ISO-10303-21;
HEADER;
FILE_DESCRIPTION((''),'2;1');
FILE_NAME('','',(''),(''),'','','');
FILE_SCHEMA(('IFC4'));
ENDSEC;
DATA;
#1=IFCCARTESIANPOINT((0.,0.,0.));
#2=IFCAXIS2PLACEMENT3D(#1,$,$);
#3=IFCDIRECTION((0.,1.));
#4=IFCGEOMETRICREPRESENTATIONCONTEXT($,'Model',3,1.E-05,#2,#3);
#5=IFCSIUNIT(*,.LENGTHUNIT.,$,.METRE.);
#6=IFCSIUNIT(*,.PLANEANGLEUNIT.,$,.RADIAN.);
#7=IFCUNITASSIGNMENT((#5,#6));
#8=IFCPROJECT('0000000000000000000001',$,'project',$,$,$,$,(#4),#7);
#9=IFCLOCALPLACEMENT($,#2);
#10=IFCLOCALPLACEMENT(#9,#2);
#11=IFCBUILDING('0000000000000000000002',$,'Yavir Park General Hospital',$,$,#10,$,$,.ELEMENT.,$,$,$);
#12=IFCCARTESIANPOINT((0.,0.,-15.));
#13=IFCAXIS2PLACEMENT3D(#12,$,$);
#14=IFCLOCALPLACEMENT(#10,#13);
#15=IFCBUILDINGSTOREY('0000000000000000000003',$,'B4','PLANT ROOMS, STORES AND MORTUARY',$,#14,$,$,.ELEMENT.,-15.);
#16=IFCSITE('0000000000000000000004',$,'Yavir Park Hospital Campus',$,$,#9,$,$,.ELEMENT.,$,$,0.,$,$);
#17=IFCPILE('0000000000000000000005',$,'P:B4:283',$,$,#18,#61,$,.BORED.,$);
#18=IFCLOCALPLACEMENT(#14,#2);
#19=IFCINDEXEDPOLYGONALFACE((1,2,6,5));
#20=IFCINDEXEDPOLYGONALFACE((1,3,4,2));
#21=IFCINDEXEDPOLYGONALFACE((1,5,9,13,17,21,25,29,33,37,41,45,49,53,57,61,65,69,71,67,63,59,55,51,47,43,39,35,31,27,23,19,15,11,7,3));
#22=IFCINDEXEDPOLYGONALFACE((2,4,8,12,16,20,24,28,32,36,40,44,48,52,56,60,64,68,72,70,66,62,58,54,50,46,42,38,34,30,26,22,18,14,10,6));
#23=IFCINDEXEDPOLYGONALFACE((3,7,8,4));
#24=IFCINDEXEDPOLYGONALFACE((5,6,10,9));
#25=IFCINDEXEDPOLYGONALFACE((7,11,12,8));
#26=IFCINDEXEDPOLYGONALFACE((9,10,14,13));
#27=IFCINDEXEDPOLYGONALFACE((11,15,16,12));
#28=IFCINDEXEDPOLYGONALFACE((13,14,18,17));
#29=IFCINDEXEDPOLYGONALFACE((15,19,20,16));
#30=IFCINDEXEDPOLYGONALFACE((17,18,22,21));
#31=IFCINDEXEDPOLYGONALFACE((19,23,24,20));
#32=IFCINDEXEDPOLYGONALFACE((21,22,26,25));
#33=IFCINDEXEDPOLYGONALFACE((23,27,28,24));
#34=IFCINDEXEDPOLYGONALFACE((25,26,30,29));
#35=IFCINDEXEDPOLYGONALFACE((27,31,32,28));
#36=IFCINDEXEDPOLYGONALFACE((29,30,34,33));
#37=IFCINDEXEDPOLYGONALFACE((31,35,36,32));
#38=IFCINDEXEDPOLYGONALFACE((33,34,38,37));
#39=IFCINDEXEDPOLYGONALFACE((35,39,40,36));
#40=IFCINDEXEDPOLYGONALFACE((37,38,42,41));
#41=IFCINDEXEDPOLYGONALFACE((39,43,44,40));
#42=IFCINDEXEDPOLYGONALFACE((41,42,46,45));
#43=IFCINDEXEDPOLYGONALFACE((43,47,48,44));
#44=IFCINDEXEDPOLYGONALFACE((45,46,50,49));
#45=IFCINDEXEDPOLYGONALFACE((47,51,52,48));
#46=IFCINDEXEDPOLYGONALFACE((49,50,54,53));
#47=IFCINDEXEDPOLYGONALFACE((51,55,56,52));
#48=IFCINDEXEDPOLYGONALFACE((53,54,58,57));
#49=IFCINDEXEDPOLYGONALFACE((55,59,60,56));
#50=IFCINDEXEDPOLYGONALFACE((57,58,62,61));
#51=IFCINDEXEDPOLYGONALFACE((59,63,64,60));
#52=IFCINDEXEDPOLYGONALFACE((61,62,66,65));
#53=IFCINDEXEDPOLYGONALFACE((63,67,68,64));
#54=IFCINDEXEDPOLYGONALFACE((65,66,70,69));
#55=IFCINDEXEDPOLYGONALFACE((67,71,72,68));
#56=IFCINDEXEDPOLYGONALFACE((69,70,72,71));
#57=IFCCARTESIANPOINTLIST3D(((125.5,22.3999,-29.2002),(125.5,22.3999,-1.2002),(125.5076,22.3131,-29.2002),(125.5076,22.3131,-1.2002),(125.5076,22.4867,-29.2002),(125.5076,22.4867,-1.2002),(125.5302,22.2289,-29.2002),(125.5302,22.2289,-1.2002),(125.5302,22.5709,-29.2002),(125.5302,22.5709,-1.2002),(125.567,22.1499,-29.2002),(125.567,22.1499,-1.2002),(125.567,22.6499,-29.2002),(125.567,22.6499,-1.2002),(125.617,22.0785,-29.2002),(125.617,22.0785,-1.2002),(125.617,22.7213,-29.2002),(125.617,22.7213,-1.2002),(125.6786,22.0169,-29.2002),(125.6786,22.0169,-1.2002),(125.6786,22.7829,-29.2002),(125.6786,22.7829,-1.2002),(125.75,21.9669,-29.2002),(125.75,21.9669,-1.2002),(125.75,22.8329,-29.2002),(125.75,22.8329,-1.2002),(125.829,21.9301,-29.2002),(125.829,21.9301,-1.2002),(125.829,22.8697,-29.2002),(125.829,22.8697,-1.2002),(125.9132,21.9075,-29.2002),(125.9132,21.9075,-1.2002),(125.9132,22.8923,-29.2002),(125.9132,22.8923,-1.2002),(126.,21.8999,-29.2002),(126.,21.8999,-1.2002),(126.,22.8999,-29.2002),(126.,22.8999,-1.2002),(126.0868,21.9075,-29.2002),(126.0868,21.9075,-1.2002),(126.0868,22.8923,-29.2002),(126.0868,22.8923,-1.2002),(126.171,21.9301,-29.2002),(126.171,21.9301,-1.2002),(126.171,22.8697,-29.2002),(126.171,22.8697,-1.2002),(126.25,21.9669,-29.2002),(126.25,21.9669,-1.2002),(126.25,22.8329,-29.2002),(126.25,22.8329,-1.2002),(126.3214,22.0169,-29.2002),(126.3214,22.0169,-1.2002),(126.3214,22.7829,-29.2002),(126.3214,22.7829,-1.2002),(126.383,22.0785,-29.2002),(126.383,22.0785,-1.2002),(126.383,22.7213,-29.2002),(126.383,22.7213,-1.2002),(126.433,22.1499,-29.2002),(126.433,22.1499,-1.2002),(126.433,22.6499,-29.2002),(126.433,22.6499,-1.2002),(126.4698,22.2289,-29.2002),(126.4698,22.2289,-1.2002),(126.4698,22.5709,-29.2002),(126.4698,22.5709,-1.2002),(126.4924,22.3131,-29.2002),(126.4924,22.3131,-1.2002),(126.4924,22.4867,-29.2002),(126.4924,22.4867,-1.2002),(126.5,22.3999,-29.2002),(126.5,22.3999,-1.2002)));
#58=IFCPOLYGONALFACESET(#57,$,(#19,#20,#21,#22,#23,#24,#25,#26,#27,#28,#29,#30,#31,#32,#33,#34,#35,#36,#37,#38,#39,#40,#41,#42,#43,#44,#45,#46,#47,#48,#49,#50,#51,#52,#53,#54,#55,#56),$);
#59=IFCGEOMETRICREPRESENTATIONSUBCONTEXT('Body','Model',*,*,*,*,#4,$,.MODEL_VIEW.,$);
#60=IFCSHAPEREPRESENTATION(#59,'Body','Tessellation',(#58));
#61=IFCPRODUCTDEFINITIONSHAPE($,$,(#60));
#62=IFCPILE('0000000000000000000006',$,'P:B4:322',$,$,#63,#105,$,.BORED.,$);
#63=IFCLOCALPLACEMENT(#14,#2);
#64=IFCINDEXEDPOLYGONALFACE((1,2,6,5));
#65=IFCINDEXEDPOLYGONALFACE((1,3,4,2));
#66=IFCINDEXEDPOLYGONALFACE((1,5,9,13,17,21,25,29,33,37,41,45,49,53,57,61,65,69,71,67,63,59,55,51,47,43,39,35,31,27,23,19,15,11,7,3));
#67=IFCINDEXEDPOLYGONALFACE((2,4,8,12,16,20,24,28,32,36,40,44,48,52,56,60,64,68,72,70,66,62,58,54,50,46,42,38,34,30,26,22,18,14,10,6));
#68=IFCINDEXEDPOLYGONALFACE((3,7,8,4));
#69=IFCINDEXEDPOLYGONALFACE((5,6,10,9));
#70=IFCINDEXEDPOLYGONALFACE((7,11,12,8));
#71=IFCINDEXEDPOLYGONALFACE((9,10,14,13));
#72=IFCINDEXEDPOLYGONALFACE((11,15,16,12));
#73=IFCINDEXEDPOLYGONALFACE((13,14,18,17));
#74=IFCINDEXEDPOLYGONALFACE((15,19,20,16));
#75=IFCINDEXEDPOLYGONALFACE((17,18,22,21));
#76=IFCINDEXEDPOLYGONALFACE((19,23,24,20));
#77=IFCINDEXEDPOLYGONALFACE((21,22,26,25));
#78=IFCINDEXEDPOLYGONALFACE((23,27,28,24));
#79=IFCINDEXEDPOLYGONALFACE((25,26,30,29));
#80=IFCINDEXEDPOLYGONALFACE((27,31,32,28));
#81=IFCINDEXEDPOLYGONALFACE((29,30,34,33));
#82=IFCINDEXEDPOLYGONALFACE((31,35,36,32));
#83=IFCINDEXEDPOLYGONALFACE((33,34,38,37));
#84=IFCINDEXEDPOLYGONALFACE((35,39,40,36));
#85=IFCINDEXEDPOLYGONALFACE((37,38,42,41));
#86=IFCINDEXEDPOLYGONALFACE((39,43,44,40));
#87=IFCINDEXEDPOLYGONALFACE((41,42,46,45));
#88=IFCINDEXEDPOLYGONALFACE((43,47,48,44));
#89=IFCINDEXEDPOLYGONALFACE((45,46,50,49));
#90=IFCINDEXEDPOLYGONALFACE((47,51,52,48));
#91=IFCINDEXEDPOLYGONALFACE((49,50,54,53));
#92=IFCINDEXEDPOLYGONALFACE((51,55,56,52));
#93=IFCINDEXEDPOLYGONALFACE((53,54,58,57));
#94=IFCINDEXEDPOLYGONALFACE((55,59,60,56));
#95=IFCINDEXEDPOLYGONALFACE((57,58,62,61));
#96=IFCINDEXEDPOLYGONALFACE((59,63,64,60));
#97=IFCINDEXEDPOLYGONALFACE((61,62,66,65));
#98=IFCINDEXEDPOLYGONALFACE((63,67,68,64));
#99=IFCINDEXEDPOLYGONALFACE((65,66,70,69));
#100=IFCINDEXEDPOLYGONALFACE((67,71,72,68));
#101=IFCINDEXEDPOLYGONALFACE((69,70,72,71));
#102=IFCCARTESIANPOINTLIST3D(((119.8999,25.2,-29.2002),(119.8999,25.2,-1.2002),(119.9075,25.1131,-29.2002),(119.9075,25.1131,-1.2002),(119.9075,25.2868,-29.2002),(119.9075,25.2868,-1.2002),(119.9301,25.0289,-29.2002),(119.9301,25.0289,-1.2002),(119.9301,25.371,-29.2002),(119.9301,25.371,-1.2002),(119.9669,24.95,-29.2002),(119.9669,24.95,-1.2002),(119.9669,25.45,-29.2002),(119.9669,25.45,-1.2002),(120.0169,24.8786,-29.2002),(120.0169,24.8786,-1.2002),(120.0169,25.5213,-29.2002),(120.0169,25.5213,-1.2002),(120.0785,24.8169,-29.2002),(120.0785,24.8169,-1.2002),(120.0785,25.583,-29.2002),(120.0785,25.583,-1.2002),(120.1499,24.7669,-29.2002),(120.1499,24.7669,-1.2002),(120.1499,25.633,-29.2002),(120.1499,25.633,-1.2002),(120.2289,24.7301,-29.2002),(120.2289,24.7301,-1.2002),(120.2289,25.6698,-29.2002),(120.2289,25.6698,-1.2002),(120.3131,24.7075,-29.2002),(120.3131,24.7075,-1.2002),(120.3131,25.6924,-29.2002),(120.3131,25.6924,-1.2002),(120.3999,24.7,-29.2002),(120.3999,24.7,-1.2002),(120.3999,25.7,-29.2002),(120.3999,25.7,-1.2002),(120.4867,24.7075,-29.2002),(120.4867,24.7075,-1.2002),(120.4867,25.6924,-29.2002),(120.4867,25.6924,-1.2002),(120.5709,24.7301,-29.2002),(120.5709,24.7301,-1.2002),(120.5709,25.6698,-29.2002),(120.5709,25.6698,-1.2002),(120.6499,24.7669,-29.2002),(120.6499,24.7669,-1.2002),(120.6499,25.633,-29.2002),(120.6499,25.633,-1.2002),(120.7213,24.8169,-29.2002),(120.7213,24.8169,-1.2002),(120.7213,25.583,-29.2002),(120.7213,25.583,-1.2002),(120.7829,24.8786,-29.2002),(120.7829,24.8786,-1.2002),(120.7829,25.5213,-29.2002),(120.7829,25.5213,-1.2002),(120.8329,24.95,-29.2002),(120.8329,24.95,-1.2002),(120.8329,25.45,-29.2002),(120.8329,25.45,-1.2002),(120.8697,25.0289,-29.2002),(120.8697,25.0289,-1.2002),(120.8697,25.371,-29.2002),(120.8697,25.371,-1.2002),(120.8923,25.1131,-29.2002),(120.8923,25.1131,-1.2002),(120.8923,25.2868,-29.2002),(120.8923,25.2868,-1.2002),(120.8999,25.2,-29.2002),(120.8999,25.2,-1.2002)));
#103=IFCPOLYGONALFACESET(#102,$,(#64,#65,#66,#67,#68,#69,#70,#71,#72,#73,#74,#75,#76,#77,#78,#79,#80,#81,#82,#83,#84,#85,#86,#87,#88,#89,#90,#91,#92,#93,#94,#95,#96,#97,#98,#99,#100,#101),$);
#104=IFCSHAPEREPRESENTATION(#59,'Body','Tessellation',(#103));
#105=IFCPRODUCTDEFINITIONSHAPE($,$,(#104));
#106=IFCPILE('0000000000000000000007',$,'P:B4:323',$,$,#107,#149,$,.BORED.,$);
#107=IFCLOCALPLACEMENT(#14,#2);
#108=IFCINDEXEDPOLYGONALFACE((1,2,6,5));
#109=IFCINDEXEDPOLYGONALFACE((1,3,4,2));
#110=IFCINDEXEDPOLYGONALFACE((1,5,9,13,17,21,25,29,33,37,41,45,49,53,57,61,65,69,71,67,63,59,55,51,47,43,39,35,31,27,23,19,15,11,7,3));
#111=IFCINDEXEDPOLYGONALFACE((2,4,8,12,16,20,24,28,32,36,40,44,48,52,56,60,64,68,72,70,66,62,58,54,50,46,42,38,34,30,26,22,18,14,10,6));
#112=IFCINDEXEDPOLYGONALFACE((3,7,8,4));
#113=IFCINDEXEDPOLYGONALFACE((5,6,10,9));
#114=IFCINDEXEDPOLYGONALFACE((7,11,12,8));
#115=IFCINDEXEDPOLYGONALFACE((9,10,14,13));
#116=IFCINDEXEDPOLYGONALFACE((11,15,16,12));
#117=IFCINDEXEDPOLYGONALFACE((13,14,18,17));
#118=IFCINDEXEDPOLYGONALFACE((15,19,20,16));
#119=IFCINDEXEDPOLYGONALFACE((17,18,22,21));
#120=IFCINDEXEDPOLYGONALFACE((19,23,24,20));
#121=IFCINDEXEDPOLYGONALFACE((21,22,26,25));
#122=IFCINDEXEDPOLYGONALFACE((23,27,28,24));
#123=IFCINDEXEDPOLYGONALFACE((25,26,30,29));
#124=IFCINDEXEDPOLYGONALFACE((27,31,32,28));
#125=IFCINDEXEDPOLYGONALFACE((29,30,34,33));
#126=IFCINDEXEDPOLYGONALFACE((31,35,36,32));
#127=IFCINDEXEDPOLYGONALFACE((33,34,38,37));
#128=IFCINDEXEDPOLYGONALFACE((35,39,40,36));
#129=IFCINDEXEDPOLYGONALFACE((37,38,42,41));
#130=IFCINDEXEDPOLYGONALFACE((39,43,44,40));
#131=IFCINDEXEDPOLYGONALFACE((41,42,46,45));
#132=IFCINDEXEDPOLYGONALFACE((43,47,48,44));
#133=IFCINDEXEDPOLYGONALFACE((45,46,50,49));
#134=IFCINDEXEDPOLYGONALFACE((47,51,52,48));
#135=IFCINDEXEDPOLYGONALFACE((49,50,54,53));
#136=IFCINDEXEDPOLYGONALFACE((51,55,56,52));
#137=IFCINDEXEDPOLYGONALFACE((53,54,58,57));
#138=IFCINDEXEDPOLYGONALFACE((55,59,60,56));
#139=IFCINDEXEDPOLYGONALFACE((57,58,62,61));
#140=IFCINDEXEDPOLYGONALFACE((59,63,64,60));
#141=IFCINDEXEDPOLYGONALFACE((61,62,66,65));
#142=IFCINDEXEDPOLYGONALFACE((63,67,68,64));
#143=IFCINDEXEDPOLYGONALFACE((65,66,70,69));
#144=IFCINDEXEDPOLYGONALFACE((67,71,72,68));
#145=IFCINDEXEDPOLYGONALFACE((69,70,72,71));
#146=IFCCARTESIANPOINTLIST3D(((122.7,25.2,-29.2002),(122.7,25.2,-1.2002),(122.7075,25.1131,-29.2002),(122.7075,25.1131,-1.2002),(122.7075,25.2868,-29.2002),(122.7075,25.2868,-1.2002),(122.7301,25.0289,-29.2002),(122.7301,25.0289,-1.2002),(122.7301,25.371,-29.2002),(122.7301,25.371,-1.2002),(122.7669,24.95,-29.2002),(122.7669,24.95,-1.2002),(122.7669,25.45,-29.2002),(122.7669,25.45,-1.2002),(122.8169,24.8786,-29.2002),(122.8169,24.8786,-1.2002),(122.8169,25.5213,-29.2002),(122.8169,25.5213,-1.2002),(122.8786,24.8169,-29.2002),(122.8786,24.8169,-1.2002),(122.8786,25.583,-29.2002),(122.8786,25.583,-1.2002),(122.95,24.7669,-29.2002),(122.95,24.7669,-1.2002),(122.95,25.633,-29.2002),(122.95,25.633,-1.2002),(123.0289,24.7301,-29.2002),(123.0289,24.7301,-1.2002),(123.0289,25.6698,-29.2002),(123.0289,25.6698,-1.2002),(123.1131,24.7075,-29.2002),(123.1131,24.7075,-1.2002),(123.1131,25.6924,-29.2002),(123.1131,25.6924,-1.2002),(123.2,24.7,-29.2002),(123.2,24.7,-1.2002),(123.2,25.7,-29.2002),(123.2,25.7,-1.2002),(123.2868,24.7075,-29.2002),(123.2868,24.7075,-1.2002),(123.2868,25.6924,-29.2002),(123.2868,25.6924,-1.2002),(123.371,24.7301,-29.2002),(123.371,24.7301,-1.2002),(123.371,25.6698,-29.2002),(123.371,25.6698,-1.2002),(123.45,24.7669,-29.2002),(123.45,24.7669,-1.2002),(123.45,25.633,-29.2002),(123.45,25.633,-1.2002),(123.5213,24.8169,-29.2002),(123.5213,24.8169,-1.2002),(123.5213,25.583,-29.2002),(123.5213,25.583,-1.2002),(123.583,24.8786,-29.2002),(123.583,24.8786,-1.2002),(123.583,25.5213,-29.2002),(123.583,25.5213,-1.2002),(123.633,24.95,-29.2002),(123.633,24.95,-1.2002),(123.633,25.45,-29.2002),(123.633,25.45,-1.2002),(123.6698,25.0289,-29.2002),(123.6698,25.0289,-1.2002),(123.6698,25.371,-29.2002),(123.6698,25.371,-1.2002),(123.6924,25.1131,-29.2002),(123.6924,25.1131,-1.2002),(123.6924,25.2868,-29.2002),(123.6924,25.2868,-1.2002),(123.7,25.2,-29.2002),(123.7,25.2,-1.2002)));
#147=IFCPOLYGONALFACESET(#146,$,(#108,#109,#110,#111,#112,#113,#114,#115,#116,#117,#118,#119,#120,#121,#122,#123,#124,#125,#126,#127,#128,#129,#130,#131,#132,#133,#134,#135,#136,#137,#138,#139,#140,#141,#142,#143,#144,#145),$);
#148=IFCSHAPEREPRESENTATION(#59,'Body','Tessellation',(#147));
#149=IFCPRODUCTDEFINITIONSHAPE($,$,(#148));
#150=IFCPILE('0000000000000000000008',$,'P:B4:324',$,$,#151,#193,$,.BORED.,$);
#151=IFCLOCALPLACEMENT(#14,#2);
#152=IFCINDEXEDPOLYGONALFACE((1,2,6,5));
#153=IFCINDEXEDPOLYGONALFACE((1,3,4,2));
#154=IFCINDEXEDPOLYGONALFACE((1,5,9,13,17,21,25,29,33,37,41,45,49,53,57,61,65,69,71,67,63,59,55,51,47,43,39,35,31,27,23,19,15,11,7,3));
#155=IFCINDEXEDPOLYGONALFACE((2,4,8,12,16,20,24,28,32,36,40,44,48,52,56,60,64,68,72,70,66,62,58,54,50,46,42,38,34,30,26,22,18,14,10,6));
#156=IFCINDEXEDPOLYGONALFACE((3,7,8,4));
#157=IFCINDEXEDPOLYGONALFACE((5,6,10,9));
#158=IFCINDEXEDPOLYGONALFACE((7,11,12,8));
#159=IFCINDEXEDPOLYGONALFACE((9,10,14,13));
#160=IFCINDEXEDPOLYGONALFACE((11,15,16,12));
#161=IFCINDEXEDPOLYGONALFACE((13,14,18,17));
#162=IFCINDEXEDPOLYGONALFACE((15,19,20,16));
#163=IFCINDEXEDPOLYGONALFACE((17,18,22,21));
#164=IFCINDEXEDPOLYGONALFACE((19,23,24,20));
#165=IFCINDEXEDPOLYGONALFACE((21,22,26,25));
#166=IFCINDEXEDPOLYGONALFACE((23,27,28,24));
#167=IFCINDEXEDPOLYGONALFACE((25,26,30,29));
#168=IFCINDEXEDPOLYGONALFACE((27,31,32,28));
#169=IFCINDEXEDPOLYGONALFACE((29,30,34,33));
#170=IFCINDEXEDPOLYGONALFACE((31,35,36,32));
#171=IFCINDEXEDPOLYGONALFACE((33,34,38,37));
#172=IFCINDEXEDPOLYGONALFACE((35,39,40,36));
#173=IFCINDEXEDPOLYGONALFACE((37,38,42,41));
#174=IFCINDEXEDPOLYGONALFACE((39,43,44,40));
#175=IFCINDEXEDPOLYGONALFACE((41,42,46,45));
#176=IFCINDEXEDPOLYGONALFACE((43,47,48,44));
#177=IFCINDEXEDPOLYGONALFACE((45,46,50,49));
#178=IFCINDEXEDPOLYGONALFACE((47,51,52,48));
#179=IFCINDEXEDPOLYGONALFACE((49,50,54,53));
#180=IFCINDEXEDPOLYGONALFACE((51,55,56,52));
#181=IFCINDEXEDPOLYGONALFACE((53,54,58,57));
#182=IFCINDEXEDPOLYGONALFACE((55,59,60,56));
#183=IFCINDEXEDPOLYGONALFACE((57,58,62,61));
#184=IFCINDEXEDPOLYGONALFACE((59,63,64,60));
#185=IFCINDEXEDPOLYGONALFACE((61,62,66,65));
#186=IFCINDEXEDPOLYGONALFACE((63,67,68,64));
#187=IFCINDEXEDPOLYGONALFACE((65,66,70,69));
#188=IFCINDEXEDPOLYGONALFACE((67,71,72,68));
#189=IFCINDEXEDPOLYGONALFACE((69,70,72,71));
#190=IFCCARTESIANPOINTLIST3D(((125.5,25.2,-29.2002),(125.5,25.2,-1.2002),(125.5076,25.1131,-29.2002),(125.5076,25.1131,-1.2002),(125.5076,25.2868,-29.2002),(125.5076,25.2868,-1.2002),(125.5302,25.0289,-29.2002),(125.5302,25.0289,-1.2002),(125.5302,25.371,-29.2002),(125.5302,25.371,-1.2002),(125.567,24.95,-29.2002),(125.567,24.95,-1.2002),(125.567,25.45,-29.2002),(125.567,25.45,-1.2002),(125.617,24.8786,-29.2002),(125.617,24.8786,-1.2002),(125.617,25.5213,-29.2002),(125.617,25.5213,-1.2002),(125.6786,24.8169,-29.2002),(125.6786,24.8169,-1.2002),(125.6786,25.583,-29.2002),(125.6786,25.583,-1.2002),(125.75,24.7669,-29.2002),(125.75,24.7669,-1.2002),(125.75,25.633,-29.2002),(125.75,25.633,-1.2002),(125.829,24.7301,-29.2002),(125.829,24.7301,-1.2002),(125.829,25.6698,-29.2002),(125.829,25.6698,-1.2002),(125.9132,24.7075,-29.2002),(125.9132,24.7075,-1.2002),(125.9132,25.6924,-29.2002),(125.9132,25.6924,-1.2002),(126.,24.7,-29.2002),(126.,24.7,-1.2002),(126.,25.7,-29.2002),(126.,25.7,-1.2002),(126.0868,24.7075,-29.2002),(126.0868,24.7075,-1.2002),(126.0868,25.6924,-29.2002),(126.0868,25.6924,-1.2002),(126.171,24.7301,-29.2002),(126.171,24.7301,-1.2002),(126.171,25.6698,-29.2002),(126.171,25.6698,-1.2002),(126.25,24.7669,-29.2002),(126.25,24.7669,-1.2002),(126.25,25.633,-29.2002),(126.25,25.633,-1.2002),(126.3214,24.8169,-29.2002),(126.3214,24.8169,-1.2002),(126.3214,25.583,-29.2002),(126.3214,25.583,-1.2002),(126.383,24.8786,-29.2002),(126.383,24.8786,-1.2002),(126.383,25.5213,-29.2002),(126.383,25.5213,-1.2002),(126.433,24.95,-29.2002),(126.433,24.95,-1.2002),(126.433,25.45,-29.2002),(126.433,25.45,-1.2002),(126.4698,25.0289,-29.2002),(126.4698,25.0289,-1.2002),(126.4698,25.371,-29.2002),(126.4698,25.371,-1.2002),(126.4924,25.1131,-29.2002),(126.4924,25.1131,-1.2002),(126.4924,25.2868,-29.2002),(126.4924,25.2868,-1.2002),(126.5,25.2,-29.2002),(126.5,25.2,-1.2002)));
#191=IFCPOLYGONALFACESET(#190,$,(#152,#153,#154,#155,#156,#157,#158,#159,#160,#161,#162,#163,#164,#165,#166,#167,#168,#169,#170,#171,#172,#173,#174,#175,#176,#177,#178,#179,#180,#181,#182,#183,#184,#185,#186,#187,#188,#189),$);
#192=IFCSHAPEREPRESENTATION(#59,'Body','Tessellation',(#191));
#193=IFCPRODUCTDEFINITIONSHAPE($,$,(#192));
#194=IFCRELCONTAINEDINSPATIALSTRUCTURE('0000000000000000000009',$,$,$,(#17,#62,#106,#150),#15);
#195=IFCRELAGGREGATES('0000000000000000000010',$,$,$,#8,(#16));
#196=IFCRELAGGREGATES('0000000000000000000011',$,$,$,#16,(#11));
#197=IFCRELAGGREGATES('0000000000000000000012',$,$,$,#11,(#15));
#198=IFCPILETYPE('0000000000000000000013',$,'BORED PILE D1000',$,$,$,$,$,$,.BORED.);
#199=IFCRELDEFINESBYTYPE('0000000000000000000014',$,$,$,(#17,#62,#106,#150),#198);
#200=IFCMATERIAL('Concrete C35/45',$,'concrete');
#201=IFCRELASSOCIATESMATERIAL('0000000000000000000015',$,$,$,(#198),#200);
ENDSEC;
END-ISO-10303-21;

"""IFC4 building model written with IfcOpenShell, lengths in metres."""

from ifc_helpers import new_model, si_unit, direction, frame, origin, origin_2d, place, context, subcontext, project, spatial, circle, extrude, material, material_profile, profile_set, type_object, element, save


model = new_model("IFC4")

# Units and contexts
model_context = context("Model", 3, precision=1e-05, world=origin(), true_north=direction((0.0, 1.0)))
body_context = subcontext(model_context, "Body", "Model", "MODEL_VIEW")
ifc_project = project(units=[si_unit("LENGTHUNIT", "METRE"), si_unit("PLANEANGLEUNIT", "RADIAN")], contexts=[model_context])

# Site, building, storey
site_placement = place(None, origin())
site = spatial("IfcSite", under=ifc_project, at=site_placement, Name="Yavir Park Hospital Campus", CompositionType="ELEMENT", RefElevation=0.0)
building_placement = place(site_placement, origin())
building = spatial("IfcBuilding", under=site, at=building_placement, Name="Yavir Park General Hospital", CompositionType="ELEMENT")
storey_placement = place(building_placement, frame((0.0, 0.0, -15.0)))
storey = spatial("IfcBuildingStorey", under=building, at=storey_placement, Name="B4", Description="PLANT ROOMS, STORES AND MORTUARY", CompositionType="ELEMENT", Elevation=-15.0)

# Piles
ifc_material_1 = material(Name="Concrete C35/45", Category="concrete")
ifc_material_profile = material_profile(ifc_material_1, circle(Radius=0.5, at=origin_2d()), Name="D1000")
ifc_profile_set = profile_set([ifc_material_profile], Name="Concrete C35/45")
pile_type = type_object("IfcPileType", Name="BORED PILE D1000", PredefinedType="BORED", material=ifc_profile_set)
for number, where, z_axis, x_axis, name in (
    (1, (126.0, 22.3999, -1.2002), (0.0, 0.0, -1.0), (1.0, 0.0, 0.0), "P:B4:283"),
    (2, (120.3999, 25.2, -1.2002), (0.0, 0.0, -1.0), (1.0, 0.0, 0.0), "P:B4:322"),
    (3, (123.2, 25.2, -1.2002), (0.0, 0.0, -1.0), (1.0, 0.0, 0.0), "P:B4:323"),
    (4, (126.0, 25.2, -1.2002), (0.0, 0.0, -1.0), (1.0, 0.0, 0.0), "P:B4:324"),
):
    element("IfcPile", number, at=place(storey_placement, frame(where, z_axis=z_axis, x_axis=x_axis)), inside=storey, type_object=pile_type, Name=name, PredefinedType="BORED", context=body_context, shape_type="SweptSolid", body=[
        extrude(circle(Radius=0.5, at=origin_2d()), origin(), (0.0, 0.0, 1.0), 28.0),
    ])

save(model, "model.ifc")
